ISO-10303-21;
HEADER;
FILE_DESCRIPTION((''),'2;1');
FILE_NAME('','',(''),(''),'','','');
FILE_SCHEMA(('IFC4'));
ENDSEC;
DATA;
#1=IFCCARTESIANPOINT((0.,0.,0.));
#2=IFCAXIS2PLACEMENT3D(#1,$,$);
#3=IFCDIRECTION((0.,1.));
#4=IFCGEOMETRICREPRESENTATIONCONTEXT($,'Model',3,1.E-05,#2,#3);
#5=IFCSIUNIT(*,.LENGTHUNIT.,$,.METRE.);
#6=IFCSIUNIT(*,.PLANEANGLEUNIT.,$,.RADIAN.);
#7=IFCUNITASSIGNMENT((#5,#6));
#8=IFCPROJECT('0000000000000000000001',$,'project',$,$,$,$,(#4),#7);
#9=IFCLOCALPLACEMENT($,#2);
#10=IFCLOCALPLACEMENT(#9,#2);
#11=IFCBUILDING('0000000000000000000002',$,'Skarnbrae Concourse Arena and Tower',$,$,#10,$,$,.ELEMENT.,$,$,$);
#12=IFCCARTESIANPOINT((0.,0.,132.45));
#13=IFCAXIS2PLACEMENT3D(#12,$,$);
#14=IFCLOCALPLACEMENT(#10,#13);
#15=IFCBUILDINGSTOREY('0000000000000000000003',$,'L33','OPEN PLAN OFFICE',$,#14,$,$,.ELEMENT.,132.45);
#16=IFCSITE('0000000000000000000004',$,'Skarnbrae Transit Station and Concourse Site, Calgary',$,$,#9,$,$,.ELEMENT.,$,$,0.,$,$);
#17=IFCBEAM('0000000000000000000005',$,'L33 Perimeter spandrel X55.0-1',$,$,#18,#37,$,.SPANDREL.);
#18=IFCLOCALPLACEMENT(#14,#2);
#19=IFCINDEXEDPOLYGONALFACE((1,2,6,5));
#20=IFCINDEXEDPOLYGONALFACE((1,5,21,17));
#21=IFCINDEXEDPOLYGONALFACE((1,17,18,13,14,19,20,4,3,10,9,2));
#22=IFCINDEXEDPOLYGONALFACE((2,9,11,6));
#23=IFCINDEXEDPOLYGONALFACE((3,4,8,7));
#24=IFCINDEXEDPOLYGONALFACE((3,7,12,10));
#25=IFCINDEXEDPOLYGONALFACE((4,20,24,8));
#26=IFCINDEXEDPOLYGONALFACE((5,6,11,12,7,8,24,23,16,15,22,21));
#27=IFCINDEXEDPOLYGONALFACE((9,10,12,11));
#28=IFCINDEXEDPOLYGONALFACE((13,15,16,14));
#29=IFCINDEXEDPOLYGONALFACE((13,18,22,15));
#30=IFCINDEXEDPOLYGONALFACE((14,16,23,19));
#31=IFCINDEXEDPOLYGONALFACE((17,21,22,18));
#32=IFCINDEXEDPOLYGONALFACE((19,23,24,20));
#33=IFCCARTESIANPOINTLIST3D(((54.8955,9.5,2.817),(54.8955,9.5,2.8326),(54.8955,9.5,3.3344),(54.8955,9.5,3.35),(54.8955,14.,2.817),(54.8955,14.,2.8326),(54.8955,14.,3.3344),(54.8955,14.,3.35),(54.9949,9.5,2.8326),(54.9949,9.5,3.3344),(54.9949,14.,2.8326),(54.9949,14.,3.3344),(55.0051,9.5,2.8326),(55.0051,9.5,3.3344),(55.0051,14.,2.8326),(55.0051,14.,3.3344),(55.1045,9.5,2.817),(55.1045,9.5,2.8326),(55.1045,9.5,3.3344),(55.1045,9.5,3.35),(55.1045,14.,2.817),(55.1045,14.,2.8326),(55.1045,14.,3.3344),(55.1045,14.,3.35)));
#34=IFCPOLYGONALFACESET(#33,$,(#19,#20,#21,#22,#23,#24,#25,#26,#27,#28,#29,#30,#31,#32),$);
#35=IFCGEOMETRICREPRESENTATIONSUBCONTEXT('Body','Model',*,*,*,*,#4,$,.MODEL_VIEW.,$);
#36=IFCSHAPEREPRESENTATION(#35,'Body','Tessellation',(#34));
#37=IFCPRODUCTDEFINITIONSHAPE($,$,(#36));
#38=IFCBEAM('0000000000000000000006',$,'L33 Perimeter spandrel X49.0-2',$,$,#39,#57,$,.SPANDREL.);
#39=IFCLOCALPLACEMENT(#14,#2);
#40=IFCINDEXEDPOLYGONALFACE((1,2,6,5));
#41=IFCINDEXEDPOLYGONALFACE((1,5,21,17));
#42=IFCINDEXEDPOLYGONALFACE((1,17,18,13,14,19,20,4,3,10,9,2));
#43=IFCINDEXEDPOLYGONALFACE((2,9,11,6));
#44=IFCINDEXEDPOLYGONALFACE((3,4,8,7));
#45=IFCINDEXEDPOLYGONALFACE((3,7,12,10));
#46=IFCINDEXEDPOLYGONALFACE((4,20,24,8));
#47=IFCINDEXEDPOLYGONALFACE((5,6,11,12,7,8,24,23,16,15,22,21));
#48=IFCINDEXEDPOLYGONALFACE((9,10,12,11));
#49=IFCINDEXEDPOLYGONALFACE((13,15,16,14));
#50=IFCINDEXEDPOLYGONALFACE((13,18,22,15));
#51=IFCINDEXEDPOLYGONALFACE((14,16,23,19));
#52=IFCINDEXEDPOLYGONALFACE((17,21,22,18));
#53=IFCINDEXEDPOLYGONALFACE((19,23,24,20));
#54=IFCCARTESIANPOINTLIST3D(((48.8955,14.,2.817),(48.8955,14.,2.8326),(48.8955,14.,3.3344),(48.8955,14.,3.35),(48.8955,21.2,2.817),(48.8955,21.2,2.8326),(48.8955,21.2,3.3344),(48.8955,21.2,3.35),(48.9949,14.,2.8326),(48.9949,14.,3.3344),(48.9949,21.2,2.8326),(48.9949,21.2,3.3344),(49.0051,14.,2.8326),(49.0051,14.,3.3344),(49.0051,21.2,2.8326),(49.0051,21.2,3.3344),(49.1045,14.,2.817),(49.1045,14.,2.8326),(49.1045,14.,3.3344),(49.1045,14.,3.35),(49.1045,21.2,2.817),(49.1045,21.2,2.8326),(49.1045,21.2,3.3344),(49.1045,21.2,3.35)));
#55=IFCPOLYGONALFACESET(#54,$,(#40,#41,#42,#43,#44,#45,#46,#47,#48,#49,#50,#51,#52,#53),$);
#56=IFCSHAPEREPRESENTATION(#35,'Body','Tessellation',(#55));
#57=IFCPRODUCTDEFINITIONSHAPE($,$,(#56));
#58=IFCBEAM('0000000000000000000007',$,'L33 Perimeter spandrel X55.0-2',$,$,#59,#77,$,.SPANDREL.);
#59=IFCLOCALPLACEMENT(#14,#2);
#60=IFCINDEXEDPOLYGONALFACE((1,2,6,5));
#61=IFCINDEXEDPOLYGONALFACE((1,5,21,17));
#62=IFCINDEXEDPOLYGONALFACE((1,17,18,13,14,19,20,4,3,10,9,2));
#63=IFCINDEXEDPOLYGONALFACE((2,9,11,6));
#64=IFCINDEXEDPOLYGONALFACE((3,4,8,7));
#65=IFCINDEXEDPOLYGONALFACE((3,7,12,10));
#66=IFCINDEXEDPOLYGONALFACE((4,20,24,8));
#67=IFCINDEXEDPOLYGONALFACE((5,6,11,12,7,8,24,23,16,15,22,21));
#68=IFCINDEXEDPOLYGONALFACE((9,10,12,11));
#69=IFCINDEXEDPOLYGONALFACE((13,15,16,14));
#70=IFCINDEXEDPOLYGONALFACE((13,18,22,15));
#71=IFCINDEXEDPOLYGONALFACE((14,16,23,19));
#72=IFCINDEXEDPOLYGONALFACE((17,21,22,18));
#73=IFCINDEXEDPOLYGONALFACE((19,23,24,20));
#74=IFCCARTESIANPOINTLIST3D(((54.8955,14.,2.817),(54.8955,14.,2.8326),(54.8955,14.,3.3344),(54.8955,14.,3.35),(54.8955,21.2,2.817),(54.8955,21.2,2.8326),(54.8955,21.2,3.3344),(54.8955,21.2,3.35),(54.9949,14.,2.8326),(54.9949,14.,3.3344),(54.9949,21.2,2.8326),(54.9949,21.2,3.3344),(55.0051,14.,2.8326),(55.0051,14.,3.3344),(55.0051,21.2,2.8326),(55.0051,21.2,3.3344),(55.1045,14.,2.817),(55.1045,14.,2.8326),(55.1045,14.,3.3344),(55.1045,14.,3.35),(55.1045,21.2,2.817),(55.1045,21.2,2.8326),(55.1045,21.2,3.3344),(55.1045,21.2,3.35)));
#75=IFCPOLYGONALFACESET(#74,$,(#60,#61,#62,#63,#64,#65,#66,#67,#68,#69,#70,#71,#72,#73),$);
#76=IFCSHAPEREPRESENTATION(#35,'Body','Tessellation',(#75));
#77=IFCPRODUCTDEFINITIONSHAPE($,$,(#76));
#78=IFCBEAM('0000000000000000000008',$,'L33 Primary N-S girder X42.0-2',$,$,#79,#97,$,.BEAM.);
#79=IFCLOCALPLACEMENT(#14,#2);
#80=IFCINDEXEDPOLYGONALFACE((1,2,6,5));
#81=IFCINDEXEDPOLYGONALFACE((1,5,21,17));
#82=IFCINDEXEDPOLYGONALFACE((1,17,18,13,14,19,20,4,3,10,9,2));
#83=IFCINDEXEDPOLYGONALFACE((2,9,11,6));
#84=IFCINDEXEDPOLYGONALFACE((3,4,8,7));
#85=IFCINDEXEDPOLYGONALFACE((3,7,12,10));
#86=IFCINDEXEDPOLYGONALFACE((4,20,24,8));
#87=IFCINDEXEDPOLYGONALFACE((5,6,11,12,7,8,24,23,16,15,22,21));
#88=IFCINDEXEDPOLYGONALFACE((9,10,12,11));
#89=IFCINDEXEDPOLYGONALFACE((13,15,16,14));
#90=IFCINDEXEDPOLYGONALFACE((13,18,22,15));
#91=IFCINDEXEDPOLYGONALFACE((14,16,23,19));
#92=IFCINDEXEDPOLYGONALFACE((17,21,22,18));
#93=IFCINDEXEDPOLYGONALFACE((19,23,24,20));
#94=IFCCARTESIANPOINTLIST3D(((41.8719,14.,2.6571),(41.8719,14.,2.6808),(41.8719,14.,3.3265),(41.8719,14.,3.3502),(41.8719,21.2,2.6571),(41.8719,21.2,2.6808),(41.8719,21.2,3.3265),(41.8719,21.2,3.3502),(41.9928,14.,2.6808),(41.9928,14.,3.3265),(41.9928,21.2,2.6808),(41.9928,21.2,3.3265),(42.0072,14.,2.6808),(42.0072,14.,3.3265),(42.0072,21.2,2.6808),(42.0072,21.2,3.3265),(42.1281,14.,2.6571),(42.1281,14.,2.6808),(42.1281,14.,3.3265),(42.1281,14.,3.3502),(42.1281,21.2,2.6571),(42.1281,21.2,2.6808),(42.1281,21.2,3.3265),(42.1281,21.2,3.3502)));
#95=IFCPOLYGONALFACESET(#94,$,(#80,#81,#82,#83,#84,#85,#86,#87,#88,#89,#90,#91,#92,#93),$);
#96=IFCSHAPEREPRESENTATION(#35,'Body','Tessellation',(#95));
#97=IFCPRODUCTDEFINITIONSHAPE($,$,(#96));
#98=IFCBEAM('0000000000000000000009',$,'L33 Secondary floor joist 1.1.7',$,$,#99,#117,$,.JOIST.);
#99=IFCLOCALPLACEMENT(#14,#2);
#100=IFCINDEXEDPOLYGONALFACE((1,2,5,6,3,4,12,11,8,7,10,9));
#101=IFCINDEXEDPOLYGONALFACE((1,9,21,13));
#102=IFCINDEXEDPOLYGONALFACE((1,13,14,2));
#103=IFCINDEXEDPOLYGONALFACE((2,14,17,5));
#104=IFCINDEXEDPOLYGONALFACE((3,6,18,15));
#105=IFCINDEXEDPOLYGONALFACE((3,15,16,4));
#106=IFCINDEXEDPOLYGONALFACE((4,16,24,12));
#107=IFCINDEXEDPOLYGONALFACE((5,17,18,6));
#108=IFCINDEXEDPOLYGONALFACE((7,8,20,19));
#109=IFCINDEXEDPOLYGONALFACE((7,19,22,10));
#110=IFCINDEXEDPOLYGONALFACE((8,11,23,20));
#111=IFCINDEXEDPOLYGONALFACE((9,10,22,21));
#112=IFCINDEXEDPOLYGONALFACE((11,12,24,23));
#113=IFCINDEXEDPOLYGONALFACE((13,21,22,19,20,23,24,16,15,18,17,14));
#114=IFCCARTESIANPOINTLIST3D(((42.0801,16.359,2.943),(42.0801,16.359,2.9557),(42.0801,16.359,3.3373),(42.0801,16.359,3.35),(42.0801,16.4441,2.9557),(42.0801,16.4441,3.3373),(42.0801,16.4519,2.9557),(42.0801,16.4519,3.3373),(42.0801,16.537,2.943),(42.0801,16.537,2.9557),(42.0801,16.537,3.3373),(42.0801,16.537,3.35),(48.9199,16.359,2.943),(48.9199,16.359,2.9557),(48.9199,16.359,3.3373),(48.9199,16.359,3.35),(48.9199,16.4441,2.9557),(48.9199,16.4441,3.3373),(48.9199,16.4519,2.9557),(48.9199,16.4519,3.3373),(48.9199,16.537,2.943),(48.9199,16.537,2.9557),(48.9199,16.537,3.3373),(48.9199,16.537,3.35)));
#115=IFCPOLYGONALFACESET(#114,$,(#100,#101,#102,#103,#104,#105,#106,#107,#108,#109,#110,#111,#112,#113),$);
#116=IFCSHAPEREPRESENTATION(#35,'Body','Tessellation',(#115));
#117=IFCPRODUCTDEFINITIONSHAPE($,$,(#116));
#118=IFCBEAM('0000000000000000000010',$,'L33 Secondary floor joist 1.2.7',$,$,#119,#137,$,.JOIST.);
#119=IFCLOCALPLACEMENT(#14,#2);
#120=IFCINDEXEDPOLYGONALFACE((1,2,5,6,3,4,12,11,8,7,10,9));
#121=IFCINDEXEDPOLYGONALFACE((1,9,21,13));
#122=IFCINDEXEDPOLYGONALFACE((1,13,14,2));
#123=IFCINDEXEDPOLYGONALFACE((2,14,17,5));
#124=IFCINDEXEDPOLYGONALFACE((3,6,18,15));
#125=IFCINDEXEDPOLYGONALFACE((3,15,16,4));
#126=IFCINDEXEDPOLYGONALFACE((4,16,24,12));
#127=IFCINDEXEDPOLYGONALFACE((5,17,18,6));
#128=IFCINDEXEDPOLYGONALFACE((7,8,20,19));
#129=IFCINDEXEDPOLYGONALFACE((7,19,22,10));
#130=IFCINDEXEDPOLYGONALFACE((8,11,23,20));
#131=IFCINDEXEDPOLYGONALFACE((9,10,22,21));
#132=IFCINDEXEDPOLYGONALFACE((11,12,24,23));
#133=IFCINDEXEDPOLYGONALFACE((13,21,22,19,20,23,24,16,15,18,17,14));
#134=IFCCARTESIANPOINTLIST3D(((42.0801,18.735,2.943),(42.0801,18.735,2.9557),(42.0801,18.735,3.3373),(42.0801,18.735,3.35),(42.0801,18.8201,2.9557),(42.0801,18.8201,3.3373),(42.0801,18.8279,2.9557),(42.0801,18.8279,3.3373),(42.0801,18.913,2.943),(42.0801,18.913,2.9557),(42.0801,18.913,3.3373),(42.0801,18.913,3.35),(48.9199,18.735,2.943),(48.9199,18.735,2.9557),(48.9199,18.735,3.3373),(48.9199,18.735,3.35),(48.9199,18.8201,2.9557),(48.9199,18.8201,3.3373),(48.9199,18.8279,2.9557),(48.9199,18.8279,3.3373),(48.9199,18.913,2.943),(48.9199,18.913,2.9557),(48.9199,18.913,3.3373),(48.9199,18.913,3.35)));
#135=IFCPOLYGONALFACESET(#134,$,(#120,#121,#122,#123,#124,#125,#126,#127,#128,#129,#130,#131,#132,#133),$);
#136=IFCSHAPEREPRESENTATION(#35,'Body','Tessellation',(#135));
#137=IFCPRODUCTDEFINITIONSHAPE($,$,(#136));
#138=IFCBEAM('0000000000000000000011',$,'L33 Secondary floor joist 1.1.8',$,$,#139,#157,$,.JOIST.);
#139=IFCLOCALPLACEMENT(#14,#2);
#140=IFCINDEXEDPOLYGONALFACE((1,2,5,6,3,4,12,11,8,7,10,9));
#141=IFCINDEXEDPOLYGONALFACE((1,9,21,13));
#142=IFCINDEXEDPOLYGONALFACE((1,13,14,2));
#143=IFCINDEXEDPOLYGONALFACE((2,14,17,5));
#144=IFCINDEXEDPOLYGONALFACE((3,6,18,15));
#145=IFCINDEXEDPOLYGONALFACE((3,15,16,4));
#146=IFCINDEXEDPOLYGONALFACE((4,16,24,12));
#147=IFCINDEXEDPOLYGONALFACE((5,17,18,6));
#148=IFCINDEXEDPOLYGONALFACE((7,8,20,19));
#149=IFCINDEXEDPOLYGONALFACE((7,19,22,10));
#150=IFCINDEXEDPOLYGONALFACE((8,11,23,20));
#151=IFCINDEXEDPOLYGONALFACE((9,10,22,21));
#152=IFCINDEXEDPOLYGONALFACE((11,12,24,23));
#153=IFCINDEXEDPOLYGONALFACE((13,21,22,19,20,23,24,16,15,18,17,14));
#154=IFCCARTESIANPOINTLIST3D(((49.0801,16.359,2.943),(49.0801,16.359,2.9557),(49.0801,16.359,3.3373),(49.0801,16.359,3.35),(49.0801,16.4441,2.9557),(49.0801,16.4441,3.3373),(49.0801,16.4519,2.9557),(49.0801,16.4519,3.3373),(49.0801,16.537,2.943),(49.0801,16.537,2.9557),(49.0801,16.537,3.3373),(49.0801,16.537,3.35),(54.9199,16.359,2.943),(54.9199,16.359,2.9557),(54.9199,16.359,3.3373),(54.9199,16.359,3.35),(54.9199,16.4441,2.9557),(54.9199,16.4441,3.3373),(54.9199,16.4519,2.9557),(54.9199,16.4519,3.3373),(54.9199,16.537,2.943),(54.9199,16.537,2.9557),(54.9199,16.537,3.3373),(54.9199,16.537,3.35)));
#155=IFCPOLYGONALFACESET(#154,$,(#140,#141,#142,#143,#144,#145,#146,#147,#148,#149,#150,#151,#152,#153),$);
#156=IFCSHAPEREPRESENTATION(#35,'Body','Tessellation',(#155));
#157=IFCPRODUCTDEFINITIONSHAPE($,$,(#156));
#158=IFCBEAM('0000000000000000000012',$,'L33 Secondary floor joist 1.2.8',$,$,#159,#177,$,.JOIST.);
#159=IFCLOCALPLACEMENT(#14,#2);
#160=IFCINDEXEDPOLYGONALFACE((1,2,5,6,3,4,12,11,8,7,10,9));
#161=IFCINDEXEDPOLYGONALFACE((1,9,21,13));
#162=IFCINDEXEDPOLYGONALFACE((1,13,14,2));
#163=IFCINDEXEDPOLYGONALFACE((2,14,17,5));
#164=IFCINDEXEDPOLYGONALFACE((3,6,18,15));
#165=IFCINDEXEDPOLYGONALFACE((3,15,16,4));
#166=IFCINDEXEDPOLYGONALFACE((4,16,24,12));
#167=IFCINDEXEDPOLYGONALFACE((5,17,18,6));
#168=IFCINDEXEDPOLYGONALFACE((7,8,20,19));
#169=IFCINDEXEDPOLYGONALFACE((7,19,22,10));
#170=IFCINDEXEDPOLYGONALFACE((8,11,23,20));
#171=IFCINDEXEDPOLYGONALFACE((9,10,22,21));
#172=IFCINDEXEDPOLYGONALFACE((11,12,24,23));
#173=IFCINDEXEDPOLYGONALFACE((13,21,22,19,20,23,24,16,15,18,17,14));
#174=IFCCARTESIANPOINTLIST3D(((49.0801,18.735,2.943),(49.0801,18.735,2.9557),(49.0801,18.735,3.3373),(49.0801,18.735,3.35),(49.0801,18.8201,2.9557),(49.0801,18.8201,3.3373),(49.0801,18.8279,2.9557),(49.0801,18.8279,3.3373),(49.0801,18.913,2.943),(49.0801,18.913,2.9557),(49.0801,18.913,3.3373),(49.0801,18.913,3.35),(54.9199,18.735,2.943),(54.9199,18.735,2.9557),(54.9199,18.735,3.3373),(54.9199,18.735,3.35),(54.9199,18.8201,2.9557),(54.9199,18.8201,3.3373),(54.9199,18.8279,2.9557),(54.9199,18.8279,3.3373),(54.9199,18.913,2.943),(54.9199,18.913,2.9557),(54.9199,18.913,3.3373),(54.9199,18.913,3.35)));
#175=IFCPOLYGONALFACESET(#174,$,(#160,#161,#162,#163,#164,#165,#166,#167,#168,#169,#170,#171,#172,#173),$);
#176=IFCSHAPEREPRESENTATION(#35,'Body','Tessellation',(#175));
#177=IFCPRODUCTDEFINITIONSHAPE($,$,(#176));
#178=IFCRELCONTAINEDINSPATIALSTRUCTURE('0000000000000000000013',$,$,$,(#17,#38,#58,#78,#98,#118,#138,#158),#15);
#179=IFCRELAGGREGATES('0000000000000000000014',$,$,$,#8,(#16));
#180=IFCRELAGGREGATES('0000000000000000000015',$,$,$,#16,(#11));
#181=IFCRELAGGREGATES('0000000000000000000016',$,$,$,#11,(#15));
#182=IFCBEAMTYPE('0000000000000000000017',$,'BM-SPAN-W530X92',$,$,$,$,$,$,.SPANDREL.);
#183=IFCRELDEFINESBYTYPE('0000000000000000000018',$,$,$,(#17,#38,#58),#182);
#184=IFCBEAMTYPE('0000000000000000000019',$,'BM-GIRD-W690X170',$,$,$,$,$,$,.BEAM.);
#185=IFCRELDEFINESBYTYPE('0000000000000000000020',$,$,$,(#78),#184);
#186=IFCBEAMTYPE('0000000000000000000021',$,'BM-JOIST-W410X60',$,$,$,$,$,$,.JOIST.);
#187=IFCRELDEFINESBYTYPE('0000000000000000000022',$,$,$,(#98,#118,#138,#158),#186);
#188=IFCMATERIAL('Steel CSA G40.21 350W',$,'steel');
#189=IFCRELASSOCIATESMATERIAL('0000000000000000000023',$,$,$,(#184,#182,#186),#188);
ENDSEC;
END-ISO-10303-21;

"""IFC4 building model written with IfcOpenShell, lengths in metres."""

from ifc_helpers import new_model, si_unit, direction, frame, origin, origin_2d, place, context, subcontext, project, spatial, i_section, extrude, source, transform, mapped, material, material_profile, profile_set, type_object, element, save


model = new_model("IFC4")

# Units and contexts
model_context = context("Model", 3, precision=1e-05, world=origin(), true_north=direction((0.0, 1.0)))
body_context = subcontext(model_context, "Body", "Model", "MODEL_VIEW")
ifc_project = project(units=[si_unit("LENGTHUNIT", "METRE"), si_unit("PLANEANGLEUNIT", "RADIAN")], contexts=[model_context])

# Site, building, storey
site_placement = place(None, origin())
site = spatial("IfcSite", under=ifc_project, at=site_placement, Name="Skarnbrae Transit Station and Concourse Site, Calgary", CompositionType="ELEMENT", RefElevation=0.0)
building_placement = place(site_placement, origin())
building = spatial("IfcBuilding", under=site, at=building_placement, Name="Skarnbrae Concourse Arena and Tower", CompositionType="ELEMENT")
storey_placement = place(building_placement, frame((0.0, 0.0, 132.45)))
storey = spatial("IfcBuildingStorey", under=building, at=storey_placement, Name="L33", Description="OPEN PLAN OFFICE", CompositionType="ELEMENT", Elevation=132.45)

# Shared definitions
ifc_material_1 = material(Name="Steel CSA G40.21 350W", Category="steel")

# Beams
ifc_material_profile_1 = material_profile(ifc_material_1, i_section(OverallWidth=0.2561, OverallDepth=0.6931, WebThickness=0.0144, FlangeThickness=0.0237, at=origin_2d()), Name="W690X170")
ifc_profile_set_1 = profile_set([ifc_material_profile_1], Name="Steel CSA G40.21 350W")
beam_type_1 = type_object("IfcBeamType", Name="BM-GIRD-W690X170", PredefinedType="BEAM", material=ifc_profile_set_1)
ifc_material_profile_2 = material_profile(ifc_material_1, i_section(OverallWidth=0.209, OverallDepth=0.533, WebThickness=0.0103, FlangeThickness=0.0156, at=origin_2d()), Name="W530X92")
ifc_profile_set_2 = profile_set([ifc_material_profile_2], Name="Steel CSA G40.21 350W")
beam_type_2 = type_object("IfcBeamType", Name="BM-SPAN-W530X92", PredefinedType="SPANDREL", material=ifc_profile_set_2)
shared_shape_1 = source(origin(), body_context, "Body", "SweptSolid", [
    extrude(i_section(OverallWidth=0.209, OverallDepth=0.533, WebThickness=0.0103, FlangeThickness=0.0156, at=origin_2d()), origin(), (0.0, 0.0, 1.0), 4.5),
])
beam_1_placement = place(storey_placement, frame((55.0, 9.5, 3.0835), z_axis=(0.0, 1.0, 0.0), x_axis=(-1.0, 0.0, 0.0)))
element("IfcBeam", 1, at=beam_1_placement, inside=storey, type_object=beam_type_2, Name="L33 Perimeter spandrel X55.0-1", PredefinedType="SPANDREL", context=body_context, shape_type="MappedRepresentation", body=[
    mapped(shared_shape_1, transform((0.0, 0.0, 0.0))),
])
shared_shape_2 = source(origin(), body_context, "Body", "SweptSolid", [
    extrude(i_section(OverallWidth=0.209, OverallDepth=0.533, WebThickness=0.0103, FlangeThickness=0.0156, at=origin_2d()), origin(), (0.0, 0.0, 1.0), 7.2),
])
for number, where, z_axis, x_axis, name in (
    (2, (49.0, 14.0, 3.0835), (0.0, 1.0, 0.0), (-1.0, 0.0, 0.0), "L33 Perimeter spandrel X49.0-2"),
    (3, (55.0, 14.0, 3.0835), (0.0, 1.0, 0.0), (-1.0, 0.0, 0.0), "L33 Perimeter spandrel X55.0-2"),
):
    element("IfcBeam", number, at=place(storey_placement, frame(where, z_axis=z_axis, x_axis=x_axis)), inside=storey, type_object=beam_type_2, Name=name, PredefinedType="SPANDREL", context=body_context, shape_type="MappedRepresentation", body=[
        mapped(shared_shape_2, transform((0.0, 0.0, 0.0))),
    ])
shared_shape_3 = source(origin(), body_context, "Body", "SweptSolid", [
    extrude(i_section(OverallWidth=0.2561, OverallDepth=0.6931, WebThickness=0.0144, FlangeThickness=0.0237, at=origin_2d()), origin(), (0.0, 0.0, 1.0), 7.2),
])
beam_2_placement = place(storey_placement, frame((42.0, 14.0, 3.0037), z_axis=(0.0, 1.0, 0.0), x_axis=(-1.0, 0.0, 0.0)))
element("IfcBeam", 4, at=beam_2_placement, inside=storey, type_object=beam_type_1, Name="L33 Primary N-S girder X42.0-2", PredefinedType="BEAM", context=body_context, shape_type="MappedRepresentation", body=[
    mapped(shared_shape_3, transform((0.0, 0.0, 0.0))),
])
ifc_material_profile_3 = material_profile(ifc_material_1, i_section(OverallWidth=0.178, OverallDepth=0.407, WebThickness=0.0078, FlangeThickness=0.0127, at=origin_2d()), Name="W410X60")
ifc_profile_set_3 = profile_set([ifc_material_profile_3], Name="Steel CSA G40.21 350W")
beam_type_3 = type_object("IfcBeamType", Name="BM-JOIST-W410X60", PredefinedType="JOIST", material=ifc_profile_set_3)
shared_shape_4 = source(origin(), body_context, "Body", "SweptSolid", [
    extrude(i_section(OverallWidth=0.178, OverallDepth=0.407, WebThickness=0.0078, FlangeThickness=0.0127, at=origin_2d()), origin(), (0.0, 0.0, 1.0), 6.8398),
])
for number, where, z_axis, x_axis, name in (
    (5, (42.0801, 16.448, 3.1465), (1.0, 0.0, 0.0), (0.0, 1.0, 0.0), "L33 Secondary floor joist 1.1.7"),
    (6, (42.0801, 18.824, 3.1465), (1.0, 0.0, 0.0), (0.0, 1.0, 0.0), "L33 Secondary floor joist 1.2.7"),
):
    element("IfcBeam", number, at=place(storey_placement, frame(where, z_axis=z_axis, x_axis=x_axis)), inside=storey, type_object=beam_type_3, Name=name, PredefinedType="JOIST", context=body_context, shape_type="MappedRepresentation", body=[
        mapped(shared_shape_4, transform((0.0, 0.0, 0.0))),
    ])
shared_shape_5 = source(origin(), body_context, "Body", "SweptSolid", [
    extrude(i_section(OverallWidth=0.178, OverallDepth=0.407, WebThickness=0.0078, FlangeThickness=0.0127, at=origin_2d()), origin(), (0.0, 0.0, 1.0), 5.8398),
])
for number, where, z_axis, x_axis, name in (
    (7, (49.0801, 16.448, 3.1465), (1.0, 0.0, 0.0), (0.0, 1.0, 0.0), "L33 Secondary floor joist 1.1.8"),
    (8, (49.0801, 18.824, 3.1465), (1.0, 0.0, 0.0), (0.0, 1.0, 0.0), "L33 Secondary floor joist 1.2.8"),
):
    element("IfcBeam", number, at=place(storey_placement, frame(where, z_axis=z_axis, x_axis=x_axis)), inside=storey, type_object=beam_type_3, Name=name, PredefinedType="JOIST", context=body_context, shape_type="MappedRepresentation", body=[
        mapped(shared_shape_5, transform((0.0, 0.0, 0.0))),
    ])

save(model, "model.ifc")
